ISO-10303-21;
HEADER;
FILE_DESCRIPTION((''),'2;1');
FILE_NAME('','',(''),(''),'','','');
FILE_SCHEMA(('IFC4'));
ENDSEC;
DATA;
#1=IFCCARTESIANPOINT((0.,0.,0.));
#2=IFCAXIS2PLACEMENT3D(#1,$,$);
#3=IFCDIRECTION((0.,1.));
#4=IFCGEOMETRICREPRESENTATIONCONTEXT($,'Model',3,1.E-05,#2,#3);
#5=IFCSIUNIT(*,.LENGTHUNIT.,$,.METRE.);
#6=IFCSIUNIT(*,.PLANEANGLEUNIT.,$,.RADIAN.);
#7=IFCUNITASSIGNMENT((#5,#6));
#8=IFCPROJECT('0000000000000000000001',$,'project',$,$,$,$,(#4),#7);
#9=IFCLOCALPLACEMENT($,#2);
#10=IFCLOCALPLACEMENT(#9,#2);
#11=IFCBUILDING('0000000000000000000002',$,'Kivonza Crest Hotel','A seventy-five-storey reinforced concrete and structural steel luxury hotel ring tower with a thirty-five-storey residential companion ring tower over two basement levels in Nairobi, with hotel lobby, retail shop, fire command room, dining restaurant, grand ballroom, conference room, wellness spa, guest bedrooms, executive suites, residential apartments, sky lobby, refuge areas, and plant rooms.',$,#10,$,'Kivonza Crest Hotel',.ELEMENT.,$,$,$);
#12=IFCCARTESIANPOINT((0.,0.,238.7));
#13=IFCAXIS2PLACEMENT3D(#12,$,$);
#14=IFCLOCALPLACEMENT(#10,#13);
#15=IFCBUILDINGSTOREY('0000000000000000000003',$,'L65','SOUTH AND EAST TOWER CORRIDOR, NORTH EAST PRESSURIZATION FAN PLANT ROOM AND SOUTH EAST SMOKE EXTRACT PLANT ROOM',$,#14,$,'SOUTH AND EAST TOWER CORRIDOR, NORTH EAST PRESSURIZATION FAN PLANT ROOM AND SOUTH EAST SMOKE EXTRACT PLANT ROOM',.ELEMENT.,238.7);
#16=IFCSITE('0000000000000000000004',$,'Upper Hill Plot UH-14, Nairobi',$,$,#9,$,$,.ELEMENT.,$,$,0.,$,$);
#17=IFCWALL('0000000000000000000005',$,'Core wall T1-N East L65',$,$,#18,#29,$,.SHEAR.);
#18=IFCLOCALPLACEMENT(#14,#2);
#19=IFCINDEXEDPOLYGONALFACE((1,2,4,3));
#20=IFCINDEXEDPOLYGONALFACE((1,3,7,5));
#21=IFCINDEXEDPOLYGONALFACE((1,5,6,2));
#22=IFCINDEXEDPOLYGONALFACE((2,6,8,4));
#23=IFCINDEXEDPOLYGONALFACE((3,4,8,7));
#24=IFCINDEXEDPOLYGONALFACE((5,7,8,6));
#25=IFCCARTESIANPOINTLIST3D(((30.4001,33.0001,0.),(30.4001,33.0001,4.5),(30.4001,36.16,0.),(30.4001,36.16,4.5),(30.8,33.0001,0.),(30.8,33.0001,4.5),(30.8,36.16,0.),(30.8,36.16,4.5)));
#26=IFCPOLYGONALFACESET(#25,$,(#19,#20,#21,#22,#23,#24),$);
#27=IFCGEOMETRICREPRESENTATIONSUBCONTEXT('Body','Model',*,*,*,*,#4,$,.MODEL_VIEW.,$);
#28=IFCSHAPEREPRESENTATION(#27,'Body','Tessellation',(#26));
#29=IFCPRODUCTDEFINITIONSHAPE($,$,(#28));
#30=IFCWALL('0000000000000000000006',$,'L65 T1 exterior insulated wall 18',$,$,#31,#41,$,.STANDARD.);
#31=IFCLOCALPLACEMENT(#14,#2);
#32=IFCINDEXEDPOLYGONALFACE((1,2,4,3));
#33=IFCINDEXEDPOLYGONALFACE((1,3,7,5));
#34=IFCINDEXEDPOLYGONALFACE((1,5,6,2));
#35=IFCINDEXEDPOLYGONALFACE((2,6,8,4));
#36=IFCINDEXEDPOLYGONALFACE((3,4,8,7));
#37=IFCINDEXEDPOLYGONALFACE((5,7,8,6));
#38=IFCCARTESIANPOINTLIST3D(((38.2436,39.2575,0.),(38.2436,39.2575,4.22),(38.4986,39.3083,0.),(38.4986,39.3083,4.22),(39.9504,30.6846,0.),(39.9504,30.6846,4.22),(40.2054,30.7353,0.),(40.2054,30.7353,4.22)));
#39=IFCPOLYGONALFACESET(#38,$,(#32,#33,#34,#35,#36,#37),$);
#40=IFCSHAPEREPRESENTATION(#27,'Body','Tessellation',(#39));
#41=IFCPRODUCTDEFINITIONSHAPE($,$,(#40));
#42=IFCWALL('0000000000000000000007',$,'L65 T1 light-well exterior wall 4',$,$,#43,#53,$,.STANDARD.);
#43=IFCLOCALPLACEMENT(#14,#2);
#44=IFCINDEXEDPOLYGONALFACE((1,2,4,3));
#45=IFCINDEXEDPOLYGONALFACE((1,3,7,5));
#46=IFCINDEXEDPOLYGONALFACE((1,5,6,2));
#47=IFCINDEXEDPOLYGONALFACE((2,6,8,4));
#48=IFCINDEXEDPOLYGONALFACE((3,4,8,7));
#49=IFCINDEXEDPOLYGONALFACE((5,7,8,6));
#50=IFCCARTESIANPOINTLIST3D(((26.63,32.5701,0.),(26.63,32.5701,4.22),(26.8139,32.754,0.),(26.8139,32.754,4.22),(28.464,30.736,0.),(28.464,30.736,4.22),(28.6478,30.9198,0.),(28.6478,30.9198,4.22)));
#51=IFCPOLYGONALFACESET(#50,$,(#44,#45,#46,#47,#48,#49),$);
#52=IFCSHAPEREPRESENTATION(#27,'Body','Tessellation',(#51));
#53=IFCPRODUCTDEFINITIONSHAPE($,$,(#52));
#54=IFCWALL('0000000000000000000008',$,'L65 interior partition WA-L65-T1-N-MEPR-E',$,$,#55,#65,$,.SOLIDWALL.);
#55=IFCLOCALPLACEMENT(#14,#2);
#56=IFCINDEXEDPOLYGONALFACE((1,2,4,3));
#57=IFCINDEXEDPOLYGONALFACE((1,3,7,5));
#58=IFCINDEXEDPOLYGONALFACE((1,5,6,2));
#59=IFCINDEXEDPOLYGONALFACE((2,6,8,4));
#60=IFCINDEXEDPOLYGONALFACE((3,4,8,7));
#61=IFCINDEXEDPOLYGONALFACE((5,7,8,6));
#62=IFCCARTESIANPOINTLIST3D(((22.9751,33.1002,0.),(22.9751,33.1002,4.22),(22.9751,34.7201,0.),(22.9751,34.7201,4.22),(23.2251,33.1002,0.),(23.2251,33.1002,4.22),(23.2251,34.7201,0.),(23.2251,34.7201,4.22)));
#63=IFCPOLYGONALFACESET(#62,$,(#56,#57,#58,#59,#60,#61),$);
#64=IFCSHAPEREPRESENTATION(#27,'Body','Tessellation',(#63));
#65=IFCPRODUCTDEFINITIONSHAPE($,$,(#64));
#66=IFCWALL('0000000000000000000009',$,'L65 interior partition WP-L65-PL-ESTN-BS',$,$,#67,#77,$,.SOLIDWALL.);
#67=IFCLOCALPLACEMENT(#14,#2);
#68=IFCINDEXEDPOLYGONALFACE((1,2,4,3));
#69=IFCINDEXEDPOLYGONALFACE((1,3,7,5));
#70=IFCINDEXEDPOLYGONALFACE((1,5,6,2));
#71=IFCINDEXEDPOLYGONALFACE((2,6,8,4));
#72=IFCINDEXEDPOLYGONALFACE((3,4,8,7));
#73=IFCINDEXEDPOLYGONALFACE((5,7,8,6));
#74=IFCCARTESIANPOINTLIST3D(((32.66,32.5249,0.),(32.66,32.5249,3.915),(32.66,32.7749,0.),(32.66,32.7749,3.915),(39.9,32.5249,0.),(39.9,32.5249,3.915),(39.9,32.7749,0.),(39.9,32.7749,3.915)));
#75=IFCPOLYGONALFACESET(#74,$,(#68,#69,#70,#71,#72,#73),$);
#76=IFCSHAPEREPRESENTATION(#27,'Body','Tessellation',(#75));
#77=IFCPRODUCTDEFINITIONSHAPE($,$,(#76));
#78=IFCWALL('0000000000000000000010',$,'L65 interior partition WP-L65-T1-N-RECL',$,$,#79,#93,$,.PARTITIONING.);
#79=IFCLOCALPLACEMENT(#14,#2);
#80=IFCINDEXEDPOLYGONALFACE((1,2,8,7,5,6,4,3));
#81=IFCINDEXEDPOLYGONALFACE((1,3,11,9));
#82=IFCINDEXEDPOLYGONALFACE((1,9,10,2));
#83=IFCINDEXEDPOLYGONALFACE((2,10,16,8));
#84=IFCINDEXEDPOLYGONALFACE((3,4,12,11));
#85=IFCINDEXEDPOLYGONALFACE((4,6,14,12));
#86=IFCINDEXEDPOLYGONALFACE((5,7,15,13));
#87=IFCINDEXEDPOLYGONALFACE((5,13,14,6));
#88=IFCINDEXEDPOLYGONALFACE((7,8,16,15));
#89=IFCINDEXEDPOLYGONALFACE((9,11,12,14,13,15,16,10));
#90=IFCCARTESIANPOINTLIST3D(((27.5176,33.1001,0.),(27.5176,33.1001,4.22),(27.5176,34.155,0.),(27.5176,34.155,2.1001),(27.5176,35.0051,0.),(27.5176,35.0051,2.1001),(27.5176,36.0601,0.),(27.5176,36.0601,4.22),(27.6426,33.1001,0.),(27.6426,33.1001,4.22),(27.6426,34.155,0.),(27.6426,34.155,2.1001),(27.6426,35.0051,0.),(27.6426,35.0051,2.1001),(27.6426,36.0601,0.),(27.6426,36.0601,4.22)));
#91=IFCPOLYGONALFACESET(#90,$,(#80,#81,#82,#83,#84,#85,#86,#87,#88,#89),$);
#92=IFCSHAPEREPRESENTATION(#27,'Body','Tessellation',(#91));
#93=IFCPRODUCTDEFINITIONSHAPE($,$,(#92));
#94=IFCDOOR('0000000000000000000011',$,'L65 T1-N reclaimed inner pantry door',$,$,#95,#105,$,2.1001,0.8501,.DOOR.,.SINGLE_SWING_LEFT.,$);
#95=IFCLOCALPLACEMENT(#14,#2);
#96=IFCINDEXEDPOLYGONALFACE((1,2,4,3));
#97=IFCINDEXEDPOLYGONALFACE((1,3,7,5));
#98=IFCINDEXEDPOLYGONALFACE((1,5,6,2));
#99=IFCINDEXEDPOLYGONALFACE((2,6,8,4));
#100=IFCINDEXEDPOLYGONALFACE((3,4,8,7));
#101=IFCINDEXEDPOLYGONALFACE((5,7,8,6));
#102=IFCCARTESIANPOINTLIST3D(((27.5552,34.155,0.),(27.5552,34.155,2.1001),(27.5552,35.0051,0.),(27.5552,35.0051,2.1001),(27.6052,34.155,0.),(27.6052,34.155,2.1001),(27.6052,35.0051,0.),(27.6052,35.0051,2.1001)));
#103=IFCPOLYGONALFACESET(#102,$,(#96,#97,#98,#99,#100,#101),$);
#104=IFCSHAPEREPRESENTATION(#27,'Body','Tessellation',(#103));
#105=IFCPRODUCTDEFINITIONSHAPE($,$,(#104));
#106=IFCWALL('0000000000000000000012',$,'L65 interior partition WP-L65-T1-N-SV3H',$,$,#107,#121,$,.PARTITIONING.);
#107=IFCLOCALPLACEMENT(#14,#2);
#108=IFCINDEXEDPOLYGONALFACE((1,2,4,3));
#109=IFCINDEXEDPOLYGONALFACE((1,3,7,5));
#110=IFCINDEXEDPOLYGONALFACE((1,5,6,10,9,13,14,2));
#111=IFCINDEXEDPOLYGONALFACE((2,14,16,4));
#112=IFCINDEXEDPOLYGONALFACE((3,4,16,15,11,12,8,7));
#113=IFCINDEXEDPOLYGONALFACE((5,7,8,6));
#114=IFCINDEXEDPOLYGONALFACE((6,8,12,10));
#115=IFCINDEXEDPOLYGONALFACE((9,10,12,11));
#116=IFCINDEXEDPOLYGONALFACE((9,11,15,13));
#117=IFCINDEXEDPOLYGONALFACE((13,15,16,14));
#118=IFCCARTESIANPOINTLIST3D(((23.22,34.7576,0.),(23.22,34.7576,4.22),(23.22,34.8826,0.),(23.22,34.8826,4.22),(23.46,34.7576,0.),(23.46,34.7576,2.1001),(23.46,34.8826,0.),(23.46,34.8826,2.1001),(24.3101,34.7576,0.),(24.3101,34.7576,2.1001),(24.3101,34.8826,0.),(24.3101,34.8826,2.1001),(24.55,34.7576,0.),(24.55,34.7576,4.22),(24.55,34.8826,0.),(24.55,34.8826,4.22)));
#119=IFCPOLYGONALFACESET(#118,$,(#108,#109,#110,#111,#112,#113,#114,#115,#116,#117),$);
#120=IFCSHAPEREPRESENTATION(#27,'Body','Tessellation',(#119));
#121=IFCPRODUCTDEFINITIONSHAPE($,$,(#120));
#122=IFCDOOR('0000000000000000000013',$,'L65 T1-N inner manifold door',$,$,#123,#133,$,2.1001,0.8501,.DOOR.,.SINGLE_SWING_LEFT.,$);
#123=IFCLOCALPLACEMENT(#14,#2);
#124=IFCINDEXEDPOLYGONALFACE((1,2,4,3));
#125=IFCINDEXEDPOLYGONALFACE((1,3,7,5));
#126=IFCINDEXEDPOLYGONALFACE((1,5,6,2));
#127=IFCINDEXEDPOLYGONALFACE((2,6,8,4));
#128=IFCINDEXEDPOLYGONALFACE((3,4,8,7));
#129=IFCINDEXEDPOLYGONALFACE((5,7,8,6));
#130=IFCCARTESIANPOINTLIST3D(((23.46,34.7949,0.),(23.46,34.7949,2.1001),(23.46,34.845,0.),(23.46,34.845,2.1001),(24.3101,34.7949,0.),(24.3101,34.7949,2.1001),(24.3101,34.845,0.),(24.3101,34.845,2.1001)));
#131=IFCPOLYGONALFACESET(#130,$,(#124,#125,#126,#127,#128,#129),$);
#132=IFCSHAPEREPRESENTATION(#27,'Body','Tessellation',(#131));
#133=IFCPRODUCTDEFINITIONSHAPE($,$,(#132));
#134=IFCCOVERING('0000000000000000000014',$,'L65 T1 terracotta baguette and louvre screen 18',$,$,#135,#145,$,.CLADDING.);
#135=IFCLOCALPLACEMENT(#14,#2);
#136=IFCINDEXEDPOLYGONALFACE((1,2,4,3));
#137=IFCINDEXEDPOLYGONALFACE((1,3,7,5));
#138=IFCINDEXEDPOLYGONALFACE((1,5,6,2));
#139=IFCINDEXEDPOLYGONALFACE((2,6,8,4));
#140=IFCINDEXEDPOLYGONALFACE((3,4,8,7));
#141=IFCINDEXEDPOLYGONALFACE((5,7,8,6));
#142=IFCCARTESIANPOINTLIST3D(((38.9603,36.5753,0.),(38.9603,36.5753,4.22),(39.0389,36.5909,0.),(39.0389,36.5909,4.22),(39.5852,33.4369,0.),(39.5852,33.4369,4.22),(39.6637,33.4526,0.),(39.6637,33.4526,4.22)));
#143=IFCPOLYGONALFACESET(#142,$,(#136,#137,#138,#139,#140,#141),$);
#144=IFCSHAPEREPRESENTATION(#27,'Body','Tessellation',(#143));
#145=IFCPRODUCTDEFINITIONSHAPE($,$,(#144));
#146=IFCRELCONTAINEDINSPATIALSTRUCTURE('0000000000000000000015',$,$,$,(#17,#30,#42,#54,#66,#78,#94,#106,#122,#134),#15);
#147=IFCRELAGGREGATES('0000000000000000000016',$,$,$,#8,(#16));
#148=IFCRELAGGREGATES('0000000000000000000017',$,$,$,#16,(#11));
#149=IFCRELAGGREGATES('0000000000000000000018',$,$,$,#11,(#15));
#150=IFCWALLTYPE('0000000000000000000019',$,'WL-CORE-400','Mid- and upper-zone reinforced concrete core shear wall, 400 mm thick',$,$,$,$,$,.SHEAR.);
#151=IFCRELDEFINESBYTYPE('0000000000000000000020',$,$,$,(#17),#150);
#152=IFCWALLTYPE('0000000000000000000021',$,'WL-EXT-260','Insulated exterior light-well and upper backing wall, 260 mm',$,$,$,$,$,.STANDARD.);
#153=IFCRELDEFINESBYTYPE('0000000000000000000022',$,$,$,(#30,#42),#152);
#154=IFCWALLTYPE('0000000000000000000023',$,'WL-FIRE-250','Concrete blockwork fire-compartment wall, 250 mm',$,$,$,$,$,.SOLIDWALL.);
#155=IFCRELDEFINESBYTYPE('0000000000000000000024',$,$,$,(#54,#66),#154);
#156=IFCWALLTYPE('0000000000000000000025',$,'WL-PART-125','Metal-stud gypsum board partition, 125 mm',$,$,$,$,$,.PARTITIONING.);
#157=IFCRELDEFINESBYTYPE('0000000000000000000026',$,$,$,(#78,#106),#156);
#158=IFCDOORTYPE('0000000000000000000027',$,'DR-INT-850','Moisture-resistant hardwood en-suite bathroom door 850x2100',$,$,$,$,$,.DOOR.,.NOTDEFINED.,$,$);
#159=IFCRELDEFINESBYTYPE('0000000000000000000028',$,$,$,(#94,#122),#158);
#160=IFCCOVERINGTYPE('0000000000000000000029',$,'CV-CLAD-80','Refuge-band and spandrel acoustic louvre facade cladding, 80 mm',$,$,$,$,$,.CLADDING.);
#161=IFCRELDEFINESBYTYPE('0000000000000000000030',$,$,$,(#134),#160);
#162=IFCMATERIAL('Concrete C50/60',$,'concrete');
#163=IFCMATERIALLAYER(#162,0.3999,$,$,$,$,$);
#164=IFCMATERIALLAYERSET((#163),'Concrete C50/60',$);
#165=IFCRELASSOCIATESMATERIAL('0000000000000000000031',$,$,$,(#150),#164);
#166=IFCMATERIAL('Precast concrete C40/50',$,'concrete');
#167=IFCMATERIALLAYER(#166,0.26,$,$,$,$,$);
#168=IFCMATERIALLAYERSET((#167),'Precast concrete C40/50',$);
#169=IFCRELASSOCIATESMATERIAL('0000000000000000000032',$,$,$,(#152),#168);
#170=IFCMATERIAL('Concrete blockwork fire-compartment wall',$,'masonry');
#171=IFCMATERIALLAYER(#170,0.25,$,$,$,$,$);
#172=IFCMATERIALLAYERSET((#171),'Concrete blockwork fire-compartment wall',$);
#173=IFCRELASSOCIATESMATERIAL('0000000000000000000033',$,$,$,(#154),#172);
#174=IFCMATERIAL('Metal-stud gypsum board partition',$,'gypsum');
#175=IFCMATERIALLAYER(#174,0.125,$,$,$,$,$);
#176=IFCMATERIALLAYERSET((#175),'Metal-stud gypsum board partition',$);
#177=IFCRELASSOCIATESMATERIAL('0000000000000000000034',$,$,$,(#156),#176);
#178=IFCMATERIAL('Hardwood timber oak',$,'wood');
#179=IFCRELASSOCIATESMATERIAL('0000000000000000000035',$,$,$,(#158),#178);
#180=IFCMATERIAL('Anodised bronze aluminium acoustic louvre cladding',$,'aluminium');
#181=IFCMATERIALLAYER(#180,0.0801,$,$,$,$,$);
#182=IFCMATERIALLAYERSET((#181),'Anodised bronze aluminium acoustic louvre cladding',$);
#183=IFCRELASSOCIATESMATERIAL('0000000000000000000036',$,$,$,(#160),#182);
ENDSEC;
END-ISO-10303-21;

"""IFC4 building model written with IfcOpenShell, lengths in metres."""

from ifc_helpers import new_model, si_unit, direction, frame, frame_2d, origin, origin_2d, place, context, subcontext, project, spatial, rectangle, extrude, material, layer, layer_set, type_object, element, fill, save


model = new_model("IFC4")

# Units and contexts
model_context = context("Model", 3, precision=1e-05, world=origin(), true_north=direction((0.0, 1.0)))
body_context = subcontext(model_context, "Body", "Model", "MODEL_VIEW")
ifc_project = project(units=[si_unit("LENGTHUNIT", "METRE"), si_unit("PLANEANGLEUNIT", "RADIAN")], contexts=[model_context])

# Site, building, storey
site_placement = place(None, origin())
site = spatial("IfcSite", under=ifc_project, at=site_placement, Name="Upper Hill Plot UH-14, Nairobi", CompositionType="ELEMENT", RefElevation=0.0)
building_placement = place(site_placement, origin())
building = spatial("IfcBuilding", under=site, at=building_placement, Name="Kivonza Crest Hotel", Description="A seventy-five-storey reinforced concrete and structural steel luxury hotel ring tower with a thirty-five-storey residential companion ring tower over two basement levels in Nairobi, with hotel lobby, retail shop, fire command room, dining restaurant, grand ballroom, conference room, wellness spa, guest bedrooms, executive suites, residential apartments, sky lobby, refuge areas, and plant rooms.", LongName="Kivonza Crest Hotel", CompositionType="ELEMENT")
storey_placement = place(building_placement, frame((0.0, 0.0, 238.7)))
storey = spatial("IfcBuildingStorey", under=building, at=storey_placement, Name="L65", Description="SOUTH AND EAST TOWER CORRIDOR, NORTH EAST PRESSURIZATION FAN PLANT ROOM AND SOUTH EAST SMOKE EXTRACT PLANT ROOM", LongName="SOUTH AND EAST TOWER CORRIDOR, NORTH EAST PRESSURIZATION FAN PLANT ROOM AND SOUTH EAST SMOKE EXTRACT PLANT ROOM", CompositionType="ELEMENT", Elevation=238.7)

# Walls
ifc_material_1 = material(Name="Concrete C50/60", Category="concrete")
ifc_layer_1 = layer(ifc_material_1, 0.3999)
ifc_layer_set_1 = layer_set([ifc_layer_1], Name="Concrete C50/60")
wall_type_1 = type_object("IfcWallType", Name="WL-CORE-400", Description="Mid- and upper-zone reinforced concrete core shear wall, 400 mm thick", PredefinedType="SHEAR", material=ifc_layer_set_1)
wall_1_placement = place(storey_placement, frame((30.6001, 33.0, 0.0), z_axis=(0.0, 0.0, 1.0), x_axis=(0.0, 1.0, 0.0)))
element("IfcWall", 1, at=wall_1_placement, inside=storey, type_object=wall_type_1, Name="Core wall T1-N East L65", PredefinedType="SHEAR", context=body_context, shape_type="SweptSolid", body=[
    extrude(rectangle(XDim=3.1599, YDim=0.3999, at=frame_2d((1.5801, 0.0))), origin(), (0.0, 0.0, 1.0), 4.5),
])
ifc_material_2 = material(Name="Precast concrete C40/50", Category="concrete")
ifc_layer_2 = layer(ifc_material_2, 0.26)
ifc_layer_set_2 = layer_set([ifc_layer_2], Name="Precast concrete C40/50")
wall_type_2 = type_object("IfcWallType", Name="WL-EXT-260", Description="Insulated exterior light-well and upper backing wall, 260 mm", PredefinedType="STANDARD", material=ifc_layer_set_2)
wall_2_placement = place(storey_placement, frame((40.0779, 30.71, 0.0), z_axis=(0.0, 0.0, 1.0), x_axis=(-0.195257, 0.980752, 0.0)))
element("IfcWall", 2, at=wall_2_placement, inside=storey, type_object=wall_type_2, Name="L65 T1 exterior insulated wall 18", PredefinedType="STANDARD", context=body_context, shape_type="SweptSolid", body=[
    extrude(rectangle(XDim=8.7412, YDim=0.26, at=frame_2d((4.3706, 0.0))), origin(), (0.0, 0.0, 1.0), 4.22),
])
wall_3_placement = place(storey_placement, frame((28.5559, 30.8279, 0.0), z_axis=(0.0, 0.0, 1.0), x_axis=(-0.70706, 0.707154, 0.0)))
element("IfcWall", 3, at=wall_3_placement, inside=storey, type_object=wall_type_2, Name="L65 T1 light-well exterior wall 4", PredefinedType="STANDARD", context=body_context, shape_type="SweptSolid", body=[
    extrude(rectangle(XDim=2.5938, YDim=0.26, at=frame_2d((1.2969, 0.0))), origin(), (0.0, 0.0, 1.0), 4.22),
])
ifc_material_3 = material(Name="Concrete blockwork fire-compartment wall", Category="masonry")
ifc_layer_3 = layer(ifc_material_3, 0.25)
ifc_layer_set_3 = layer_set([ifc_layer_3], Name="Concrete blockwork fire-compartment wall")
wall_type_3 = type_object("IfcWallType", Name="WL-FIRE-250", Description="Concrete blockwork fire-compartment wall, 250 mm", PredefinedType="SOLIDWALL", material=ifc_layer_set_3)
wall_4_placement = place(storey_placement, frame((23.1001, 33.1001, 0.0), z_axis=(0.0, 0.0, 1.0), x_axis=(0.0, 1.0, 0.0)))
element("IfcWall", 4, at=wall_4_placement, inside=storey, type_object=wall_type_3, Name="L65 interior partition WA-L65-T1-N-MEPR-E", PredefinedType="SOLIDWALL", context=body_context, shape_type="SweptSolid", body=[
    extrude(rectangle(XDim=1.6199, YDim=0.25, at=frame_2d((0.8101, 0.0))), origin(), (0.0, 0.0, 1.0), 4.22),
])
wall_5_placement = place(storey_placement, frame((32.6599, 32.6499, 0.0), z_axis=(0.0, 0.0, 1.0), x_axis=(1.0, 0.0, 0.0)))
element("IfcWall", 5, at=wall_5_placement, inside=storey, type_object=wall_type_3, Name="L65 interior partition WP-L65-PL-ESTN-BS", PredefinedType="SOLIDWALL", context=body_context, shape_type="SweptSolid", body=[
    extrude(rectangle(XDim=7.24, YDim=0.25, at=frame_2d((3.6201, 0.0))), origin(), (0.0, 0.0, 1.0), 3.915),
])

# Walls, openings, doors
ifc_material_4 = material(Name="Metal-stud gypsum board partition", Category="gypsum")
ifc_layer_4 = layer(ifc_material_4, 0.125)
ifc_layer_set_4 = layer_set([ifc_layer_4], Name="Metal-stud gypsum board partition")
wall_type_4 = type_object("IfcWallType", Name="WL-PART-125", Description="Metal-stud gypsum board partition, 125 mm", PredefinedType="PARTITIONING", material=ifc_layer_set_4)
wall_6_placement = place(storey_placement, frame((27.5801, 33.1001, 0.0), z_axis=(0.0, 0.0, 1.0), x_axis=(0.0, 1.0, 0.0)))
wall_6 = element("IfcWall", 6, at=wall_6_placement, inside=storey, type_object=wall_type_4, Name="L65 interior partition WP-L65-T1-N-RECL", PredefinedType="PARTITIONING", context=body_context, shape_type="SweptSolid", body=[
    extrude(rectangle(XDim=2.96, YDim=0.125, at=frame_2d((1.48, 0.0))), origin(), (0.0, 0.0, 1.0), 4.22),
])
opening_1_placement = place(wall_6_placement, frame((1.0549, 0.0, 0.0)))
opening_1 = element("IfcOpeningElement", 7, at=opening_1_placement, cuts=wall_6, PredefinedType="OPENING", context=body_context, shape_type="SweptSolid", body=[
    extrude(rectangle(XDim=0.8501, YDim=2.1001, at=frame_2d((0.425, 1.05))), frame((0.0, 0.0725, 0.0), z_axis=(0.0, -1.0, 0.0), x_axis=(1.0, 0.0, 0.0)), (0.0, 0.0, 1.0), 0.145),
])
ifc_material_5 = material(Name="Hardwood timber oak", Category="wood")
door_type_1 = type_object("IfcDoorType", Name="DR-INT-850", Description="Moisture-resistant hardwood en-suite bathroom door 850x2100", OperationType="NOTDEFINED", PredefinedType="DOOR", material=ifc_material_5)
door_1_placement = place(opening_1_placement, origin())
door_1 = element("IfcDoor", 8, at=door_1_placement, inside=storey, type_object=door_type_1, Name="L65 T1-N reclaimed inner pantry door", OperationType="SINGLE_SWING_LEFT", OverallHeight=2.1001, OverallWidth=0.8501, PredefinedType="DOOR", context=body_context, shape_type="SweptSolid", body=[
    extrude(rectangle(XDim=0.8501, YDim=2.1001, at=frame_2d((0.425, 1.05))), frame((0.0, 0.0249, 0.0), z_axis=(0.0, -1.0, 0.0), x_axis=(1.0, 0.0, 0.0)), (0.0, 0.0, 1.0), 0.05),
])
fill(opening_1, door_1)
wall_7_placement = place(storey_placement, frame((23.22, 34.8201, 0.0), z_axis=(0.0, 0.0, 1.0), x_axis=(1.0, 0.0, 0.0)))
wall_7 = element("IfcWall", 9, at=wall_7_placement, inside=storey, type_object=wall_type_4, Name="L65 interior partition WP-L65-T1-N-SV3H", PredefinedType="PARTITIONING", context=body_context, shape_type="SweptSolid", body=[
    extrude(rectangle(XDim=1.3301, YDim=0.125, at=frame_2d((0.665, 0.0))), origin(), (0.0, 0.0, 1.0), 4.22),
])
opening_2_placement = place(wall_7_placement, frame((0.24, 0.0, 0.0)))
opening_2 = element("IfcOpeningElement", 10, at=opening_2_placement, cuts=wall_7, PredefinedType="OPENING", context=body_context, shape_type="SweptSolid", body=[
    extrude(rectangle(XDim=0.8501, YDim=2.1001, at=frame_2d((0.425, 1.05))), frame((0.0, 0.0725, 0.0), z_axis=(0.0, -1.0, 0.0), x_axis=(1.0, 0.0, 0.0)), (0.0, 0.0, 1.0), 0.145),
])
door_2_placement = place(opening_2_placement, origin())
door_2 = element("IfcDoor", 11, at=door_2_placement, inside=storey, type_object=door_type_1, Name="L65 T1-N inner manifold door", OperationType="SINGLE_SWING_LEFT", OverallHeight=2.1001, OverallWidth=0.8501, PredefinedType="DOOR", context=body_context, shape_type="SweptSolid", body=[
    extrude(rectangle(XDim=0.8501, YDim=2.1001, at=frame_2d((0.425, 1.05))), frame((0.0, 0.0249, 0.0), z_axis=(0.0, -1.0, 0.0), x_axis=(1.0, 0.0, 0.0)), (0.0, 0.0, 1.0), 0.05),
])
fill(opening_2, door_2)

# Covering
ifc_material_6 = material(Name="Anodised bronze aluminium acoustic louvre cladding", Category="aluminium")
ifc_layer_5 = layer(ifc_material_6, 0.0801)
ifc_layer_set_5 = layer_set([ifc_layer_5], Name="Anodised bronze aluminium acoustic louvre cladding")
covering_type = type_object("IfcCoveringType", Name="CV-CLAD-80", Description="Refuge-band and spandrel acoustic louvre facade cladding, 80 mm", PredefinedType="CLADDING", material=ifc_layer_set_5)
covering_placement = place(storey_placement, frame((39.312, 35.0139, 0.0), z_axis=(0.0, 0.0, 1.0), x_axis=(-0.195261, 0.980751, 0.0)))
element("IfcCovering", 12, at=covering_placement, inside=storey, type_object=covering_type, Name="L65 T1 terracotta baguette and louvre screen 18", PredefinedType="CLADDING", context=body_context, shape_type="SweptSolid", body=[
    extrude(rectangle(XDim=3.2, YDim=0.0801, at=origin_2d()), origin(), (0.0, 0.0, 1.0), 4.22),
])

save(model, "model.ifc")
